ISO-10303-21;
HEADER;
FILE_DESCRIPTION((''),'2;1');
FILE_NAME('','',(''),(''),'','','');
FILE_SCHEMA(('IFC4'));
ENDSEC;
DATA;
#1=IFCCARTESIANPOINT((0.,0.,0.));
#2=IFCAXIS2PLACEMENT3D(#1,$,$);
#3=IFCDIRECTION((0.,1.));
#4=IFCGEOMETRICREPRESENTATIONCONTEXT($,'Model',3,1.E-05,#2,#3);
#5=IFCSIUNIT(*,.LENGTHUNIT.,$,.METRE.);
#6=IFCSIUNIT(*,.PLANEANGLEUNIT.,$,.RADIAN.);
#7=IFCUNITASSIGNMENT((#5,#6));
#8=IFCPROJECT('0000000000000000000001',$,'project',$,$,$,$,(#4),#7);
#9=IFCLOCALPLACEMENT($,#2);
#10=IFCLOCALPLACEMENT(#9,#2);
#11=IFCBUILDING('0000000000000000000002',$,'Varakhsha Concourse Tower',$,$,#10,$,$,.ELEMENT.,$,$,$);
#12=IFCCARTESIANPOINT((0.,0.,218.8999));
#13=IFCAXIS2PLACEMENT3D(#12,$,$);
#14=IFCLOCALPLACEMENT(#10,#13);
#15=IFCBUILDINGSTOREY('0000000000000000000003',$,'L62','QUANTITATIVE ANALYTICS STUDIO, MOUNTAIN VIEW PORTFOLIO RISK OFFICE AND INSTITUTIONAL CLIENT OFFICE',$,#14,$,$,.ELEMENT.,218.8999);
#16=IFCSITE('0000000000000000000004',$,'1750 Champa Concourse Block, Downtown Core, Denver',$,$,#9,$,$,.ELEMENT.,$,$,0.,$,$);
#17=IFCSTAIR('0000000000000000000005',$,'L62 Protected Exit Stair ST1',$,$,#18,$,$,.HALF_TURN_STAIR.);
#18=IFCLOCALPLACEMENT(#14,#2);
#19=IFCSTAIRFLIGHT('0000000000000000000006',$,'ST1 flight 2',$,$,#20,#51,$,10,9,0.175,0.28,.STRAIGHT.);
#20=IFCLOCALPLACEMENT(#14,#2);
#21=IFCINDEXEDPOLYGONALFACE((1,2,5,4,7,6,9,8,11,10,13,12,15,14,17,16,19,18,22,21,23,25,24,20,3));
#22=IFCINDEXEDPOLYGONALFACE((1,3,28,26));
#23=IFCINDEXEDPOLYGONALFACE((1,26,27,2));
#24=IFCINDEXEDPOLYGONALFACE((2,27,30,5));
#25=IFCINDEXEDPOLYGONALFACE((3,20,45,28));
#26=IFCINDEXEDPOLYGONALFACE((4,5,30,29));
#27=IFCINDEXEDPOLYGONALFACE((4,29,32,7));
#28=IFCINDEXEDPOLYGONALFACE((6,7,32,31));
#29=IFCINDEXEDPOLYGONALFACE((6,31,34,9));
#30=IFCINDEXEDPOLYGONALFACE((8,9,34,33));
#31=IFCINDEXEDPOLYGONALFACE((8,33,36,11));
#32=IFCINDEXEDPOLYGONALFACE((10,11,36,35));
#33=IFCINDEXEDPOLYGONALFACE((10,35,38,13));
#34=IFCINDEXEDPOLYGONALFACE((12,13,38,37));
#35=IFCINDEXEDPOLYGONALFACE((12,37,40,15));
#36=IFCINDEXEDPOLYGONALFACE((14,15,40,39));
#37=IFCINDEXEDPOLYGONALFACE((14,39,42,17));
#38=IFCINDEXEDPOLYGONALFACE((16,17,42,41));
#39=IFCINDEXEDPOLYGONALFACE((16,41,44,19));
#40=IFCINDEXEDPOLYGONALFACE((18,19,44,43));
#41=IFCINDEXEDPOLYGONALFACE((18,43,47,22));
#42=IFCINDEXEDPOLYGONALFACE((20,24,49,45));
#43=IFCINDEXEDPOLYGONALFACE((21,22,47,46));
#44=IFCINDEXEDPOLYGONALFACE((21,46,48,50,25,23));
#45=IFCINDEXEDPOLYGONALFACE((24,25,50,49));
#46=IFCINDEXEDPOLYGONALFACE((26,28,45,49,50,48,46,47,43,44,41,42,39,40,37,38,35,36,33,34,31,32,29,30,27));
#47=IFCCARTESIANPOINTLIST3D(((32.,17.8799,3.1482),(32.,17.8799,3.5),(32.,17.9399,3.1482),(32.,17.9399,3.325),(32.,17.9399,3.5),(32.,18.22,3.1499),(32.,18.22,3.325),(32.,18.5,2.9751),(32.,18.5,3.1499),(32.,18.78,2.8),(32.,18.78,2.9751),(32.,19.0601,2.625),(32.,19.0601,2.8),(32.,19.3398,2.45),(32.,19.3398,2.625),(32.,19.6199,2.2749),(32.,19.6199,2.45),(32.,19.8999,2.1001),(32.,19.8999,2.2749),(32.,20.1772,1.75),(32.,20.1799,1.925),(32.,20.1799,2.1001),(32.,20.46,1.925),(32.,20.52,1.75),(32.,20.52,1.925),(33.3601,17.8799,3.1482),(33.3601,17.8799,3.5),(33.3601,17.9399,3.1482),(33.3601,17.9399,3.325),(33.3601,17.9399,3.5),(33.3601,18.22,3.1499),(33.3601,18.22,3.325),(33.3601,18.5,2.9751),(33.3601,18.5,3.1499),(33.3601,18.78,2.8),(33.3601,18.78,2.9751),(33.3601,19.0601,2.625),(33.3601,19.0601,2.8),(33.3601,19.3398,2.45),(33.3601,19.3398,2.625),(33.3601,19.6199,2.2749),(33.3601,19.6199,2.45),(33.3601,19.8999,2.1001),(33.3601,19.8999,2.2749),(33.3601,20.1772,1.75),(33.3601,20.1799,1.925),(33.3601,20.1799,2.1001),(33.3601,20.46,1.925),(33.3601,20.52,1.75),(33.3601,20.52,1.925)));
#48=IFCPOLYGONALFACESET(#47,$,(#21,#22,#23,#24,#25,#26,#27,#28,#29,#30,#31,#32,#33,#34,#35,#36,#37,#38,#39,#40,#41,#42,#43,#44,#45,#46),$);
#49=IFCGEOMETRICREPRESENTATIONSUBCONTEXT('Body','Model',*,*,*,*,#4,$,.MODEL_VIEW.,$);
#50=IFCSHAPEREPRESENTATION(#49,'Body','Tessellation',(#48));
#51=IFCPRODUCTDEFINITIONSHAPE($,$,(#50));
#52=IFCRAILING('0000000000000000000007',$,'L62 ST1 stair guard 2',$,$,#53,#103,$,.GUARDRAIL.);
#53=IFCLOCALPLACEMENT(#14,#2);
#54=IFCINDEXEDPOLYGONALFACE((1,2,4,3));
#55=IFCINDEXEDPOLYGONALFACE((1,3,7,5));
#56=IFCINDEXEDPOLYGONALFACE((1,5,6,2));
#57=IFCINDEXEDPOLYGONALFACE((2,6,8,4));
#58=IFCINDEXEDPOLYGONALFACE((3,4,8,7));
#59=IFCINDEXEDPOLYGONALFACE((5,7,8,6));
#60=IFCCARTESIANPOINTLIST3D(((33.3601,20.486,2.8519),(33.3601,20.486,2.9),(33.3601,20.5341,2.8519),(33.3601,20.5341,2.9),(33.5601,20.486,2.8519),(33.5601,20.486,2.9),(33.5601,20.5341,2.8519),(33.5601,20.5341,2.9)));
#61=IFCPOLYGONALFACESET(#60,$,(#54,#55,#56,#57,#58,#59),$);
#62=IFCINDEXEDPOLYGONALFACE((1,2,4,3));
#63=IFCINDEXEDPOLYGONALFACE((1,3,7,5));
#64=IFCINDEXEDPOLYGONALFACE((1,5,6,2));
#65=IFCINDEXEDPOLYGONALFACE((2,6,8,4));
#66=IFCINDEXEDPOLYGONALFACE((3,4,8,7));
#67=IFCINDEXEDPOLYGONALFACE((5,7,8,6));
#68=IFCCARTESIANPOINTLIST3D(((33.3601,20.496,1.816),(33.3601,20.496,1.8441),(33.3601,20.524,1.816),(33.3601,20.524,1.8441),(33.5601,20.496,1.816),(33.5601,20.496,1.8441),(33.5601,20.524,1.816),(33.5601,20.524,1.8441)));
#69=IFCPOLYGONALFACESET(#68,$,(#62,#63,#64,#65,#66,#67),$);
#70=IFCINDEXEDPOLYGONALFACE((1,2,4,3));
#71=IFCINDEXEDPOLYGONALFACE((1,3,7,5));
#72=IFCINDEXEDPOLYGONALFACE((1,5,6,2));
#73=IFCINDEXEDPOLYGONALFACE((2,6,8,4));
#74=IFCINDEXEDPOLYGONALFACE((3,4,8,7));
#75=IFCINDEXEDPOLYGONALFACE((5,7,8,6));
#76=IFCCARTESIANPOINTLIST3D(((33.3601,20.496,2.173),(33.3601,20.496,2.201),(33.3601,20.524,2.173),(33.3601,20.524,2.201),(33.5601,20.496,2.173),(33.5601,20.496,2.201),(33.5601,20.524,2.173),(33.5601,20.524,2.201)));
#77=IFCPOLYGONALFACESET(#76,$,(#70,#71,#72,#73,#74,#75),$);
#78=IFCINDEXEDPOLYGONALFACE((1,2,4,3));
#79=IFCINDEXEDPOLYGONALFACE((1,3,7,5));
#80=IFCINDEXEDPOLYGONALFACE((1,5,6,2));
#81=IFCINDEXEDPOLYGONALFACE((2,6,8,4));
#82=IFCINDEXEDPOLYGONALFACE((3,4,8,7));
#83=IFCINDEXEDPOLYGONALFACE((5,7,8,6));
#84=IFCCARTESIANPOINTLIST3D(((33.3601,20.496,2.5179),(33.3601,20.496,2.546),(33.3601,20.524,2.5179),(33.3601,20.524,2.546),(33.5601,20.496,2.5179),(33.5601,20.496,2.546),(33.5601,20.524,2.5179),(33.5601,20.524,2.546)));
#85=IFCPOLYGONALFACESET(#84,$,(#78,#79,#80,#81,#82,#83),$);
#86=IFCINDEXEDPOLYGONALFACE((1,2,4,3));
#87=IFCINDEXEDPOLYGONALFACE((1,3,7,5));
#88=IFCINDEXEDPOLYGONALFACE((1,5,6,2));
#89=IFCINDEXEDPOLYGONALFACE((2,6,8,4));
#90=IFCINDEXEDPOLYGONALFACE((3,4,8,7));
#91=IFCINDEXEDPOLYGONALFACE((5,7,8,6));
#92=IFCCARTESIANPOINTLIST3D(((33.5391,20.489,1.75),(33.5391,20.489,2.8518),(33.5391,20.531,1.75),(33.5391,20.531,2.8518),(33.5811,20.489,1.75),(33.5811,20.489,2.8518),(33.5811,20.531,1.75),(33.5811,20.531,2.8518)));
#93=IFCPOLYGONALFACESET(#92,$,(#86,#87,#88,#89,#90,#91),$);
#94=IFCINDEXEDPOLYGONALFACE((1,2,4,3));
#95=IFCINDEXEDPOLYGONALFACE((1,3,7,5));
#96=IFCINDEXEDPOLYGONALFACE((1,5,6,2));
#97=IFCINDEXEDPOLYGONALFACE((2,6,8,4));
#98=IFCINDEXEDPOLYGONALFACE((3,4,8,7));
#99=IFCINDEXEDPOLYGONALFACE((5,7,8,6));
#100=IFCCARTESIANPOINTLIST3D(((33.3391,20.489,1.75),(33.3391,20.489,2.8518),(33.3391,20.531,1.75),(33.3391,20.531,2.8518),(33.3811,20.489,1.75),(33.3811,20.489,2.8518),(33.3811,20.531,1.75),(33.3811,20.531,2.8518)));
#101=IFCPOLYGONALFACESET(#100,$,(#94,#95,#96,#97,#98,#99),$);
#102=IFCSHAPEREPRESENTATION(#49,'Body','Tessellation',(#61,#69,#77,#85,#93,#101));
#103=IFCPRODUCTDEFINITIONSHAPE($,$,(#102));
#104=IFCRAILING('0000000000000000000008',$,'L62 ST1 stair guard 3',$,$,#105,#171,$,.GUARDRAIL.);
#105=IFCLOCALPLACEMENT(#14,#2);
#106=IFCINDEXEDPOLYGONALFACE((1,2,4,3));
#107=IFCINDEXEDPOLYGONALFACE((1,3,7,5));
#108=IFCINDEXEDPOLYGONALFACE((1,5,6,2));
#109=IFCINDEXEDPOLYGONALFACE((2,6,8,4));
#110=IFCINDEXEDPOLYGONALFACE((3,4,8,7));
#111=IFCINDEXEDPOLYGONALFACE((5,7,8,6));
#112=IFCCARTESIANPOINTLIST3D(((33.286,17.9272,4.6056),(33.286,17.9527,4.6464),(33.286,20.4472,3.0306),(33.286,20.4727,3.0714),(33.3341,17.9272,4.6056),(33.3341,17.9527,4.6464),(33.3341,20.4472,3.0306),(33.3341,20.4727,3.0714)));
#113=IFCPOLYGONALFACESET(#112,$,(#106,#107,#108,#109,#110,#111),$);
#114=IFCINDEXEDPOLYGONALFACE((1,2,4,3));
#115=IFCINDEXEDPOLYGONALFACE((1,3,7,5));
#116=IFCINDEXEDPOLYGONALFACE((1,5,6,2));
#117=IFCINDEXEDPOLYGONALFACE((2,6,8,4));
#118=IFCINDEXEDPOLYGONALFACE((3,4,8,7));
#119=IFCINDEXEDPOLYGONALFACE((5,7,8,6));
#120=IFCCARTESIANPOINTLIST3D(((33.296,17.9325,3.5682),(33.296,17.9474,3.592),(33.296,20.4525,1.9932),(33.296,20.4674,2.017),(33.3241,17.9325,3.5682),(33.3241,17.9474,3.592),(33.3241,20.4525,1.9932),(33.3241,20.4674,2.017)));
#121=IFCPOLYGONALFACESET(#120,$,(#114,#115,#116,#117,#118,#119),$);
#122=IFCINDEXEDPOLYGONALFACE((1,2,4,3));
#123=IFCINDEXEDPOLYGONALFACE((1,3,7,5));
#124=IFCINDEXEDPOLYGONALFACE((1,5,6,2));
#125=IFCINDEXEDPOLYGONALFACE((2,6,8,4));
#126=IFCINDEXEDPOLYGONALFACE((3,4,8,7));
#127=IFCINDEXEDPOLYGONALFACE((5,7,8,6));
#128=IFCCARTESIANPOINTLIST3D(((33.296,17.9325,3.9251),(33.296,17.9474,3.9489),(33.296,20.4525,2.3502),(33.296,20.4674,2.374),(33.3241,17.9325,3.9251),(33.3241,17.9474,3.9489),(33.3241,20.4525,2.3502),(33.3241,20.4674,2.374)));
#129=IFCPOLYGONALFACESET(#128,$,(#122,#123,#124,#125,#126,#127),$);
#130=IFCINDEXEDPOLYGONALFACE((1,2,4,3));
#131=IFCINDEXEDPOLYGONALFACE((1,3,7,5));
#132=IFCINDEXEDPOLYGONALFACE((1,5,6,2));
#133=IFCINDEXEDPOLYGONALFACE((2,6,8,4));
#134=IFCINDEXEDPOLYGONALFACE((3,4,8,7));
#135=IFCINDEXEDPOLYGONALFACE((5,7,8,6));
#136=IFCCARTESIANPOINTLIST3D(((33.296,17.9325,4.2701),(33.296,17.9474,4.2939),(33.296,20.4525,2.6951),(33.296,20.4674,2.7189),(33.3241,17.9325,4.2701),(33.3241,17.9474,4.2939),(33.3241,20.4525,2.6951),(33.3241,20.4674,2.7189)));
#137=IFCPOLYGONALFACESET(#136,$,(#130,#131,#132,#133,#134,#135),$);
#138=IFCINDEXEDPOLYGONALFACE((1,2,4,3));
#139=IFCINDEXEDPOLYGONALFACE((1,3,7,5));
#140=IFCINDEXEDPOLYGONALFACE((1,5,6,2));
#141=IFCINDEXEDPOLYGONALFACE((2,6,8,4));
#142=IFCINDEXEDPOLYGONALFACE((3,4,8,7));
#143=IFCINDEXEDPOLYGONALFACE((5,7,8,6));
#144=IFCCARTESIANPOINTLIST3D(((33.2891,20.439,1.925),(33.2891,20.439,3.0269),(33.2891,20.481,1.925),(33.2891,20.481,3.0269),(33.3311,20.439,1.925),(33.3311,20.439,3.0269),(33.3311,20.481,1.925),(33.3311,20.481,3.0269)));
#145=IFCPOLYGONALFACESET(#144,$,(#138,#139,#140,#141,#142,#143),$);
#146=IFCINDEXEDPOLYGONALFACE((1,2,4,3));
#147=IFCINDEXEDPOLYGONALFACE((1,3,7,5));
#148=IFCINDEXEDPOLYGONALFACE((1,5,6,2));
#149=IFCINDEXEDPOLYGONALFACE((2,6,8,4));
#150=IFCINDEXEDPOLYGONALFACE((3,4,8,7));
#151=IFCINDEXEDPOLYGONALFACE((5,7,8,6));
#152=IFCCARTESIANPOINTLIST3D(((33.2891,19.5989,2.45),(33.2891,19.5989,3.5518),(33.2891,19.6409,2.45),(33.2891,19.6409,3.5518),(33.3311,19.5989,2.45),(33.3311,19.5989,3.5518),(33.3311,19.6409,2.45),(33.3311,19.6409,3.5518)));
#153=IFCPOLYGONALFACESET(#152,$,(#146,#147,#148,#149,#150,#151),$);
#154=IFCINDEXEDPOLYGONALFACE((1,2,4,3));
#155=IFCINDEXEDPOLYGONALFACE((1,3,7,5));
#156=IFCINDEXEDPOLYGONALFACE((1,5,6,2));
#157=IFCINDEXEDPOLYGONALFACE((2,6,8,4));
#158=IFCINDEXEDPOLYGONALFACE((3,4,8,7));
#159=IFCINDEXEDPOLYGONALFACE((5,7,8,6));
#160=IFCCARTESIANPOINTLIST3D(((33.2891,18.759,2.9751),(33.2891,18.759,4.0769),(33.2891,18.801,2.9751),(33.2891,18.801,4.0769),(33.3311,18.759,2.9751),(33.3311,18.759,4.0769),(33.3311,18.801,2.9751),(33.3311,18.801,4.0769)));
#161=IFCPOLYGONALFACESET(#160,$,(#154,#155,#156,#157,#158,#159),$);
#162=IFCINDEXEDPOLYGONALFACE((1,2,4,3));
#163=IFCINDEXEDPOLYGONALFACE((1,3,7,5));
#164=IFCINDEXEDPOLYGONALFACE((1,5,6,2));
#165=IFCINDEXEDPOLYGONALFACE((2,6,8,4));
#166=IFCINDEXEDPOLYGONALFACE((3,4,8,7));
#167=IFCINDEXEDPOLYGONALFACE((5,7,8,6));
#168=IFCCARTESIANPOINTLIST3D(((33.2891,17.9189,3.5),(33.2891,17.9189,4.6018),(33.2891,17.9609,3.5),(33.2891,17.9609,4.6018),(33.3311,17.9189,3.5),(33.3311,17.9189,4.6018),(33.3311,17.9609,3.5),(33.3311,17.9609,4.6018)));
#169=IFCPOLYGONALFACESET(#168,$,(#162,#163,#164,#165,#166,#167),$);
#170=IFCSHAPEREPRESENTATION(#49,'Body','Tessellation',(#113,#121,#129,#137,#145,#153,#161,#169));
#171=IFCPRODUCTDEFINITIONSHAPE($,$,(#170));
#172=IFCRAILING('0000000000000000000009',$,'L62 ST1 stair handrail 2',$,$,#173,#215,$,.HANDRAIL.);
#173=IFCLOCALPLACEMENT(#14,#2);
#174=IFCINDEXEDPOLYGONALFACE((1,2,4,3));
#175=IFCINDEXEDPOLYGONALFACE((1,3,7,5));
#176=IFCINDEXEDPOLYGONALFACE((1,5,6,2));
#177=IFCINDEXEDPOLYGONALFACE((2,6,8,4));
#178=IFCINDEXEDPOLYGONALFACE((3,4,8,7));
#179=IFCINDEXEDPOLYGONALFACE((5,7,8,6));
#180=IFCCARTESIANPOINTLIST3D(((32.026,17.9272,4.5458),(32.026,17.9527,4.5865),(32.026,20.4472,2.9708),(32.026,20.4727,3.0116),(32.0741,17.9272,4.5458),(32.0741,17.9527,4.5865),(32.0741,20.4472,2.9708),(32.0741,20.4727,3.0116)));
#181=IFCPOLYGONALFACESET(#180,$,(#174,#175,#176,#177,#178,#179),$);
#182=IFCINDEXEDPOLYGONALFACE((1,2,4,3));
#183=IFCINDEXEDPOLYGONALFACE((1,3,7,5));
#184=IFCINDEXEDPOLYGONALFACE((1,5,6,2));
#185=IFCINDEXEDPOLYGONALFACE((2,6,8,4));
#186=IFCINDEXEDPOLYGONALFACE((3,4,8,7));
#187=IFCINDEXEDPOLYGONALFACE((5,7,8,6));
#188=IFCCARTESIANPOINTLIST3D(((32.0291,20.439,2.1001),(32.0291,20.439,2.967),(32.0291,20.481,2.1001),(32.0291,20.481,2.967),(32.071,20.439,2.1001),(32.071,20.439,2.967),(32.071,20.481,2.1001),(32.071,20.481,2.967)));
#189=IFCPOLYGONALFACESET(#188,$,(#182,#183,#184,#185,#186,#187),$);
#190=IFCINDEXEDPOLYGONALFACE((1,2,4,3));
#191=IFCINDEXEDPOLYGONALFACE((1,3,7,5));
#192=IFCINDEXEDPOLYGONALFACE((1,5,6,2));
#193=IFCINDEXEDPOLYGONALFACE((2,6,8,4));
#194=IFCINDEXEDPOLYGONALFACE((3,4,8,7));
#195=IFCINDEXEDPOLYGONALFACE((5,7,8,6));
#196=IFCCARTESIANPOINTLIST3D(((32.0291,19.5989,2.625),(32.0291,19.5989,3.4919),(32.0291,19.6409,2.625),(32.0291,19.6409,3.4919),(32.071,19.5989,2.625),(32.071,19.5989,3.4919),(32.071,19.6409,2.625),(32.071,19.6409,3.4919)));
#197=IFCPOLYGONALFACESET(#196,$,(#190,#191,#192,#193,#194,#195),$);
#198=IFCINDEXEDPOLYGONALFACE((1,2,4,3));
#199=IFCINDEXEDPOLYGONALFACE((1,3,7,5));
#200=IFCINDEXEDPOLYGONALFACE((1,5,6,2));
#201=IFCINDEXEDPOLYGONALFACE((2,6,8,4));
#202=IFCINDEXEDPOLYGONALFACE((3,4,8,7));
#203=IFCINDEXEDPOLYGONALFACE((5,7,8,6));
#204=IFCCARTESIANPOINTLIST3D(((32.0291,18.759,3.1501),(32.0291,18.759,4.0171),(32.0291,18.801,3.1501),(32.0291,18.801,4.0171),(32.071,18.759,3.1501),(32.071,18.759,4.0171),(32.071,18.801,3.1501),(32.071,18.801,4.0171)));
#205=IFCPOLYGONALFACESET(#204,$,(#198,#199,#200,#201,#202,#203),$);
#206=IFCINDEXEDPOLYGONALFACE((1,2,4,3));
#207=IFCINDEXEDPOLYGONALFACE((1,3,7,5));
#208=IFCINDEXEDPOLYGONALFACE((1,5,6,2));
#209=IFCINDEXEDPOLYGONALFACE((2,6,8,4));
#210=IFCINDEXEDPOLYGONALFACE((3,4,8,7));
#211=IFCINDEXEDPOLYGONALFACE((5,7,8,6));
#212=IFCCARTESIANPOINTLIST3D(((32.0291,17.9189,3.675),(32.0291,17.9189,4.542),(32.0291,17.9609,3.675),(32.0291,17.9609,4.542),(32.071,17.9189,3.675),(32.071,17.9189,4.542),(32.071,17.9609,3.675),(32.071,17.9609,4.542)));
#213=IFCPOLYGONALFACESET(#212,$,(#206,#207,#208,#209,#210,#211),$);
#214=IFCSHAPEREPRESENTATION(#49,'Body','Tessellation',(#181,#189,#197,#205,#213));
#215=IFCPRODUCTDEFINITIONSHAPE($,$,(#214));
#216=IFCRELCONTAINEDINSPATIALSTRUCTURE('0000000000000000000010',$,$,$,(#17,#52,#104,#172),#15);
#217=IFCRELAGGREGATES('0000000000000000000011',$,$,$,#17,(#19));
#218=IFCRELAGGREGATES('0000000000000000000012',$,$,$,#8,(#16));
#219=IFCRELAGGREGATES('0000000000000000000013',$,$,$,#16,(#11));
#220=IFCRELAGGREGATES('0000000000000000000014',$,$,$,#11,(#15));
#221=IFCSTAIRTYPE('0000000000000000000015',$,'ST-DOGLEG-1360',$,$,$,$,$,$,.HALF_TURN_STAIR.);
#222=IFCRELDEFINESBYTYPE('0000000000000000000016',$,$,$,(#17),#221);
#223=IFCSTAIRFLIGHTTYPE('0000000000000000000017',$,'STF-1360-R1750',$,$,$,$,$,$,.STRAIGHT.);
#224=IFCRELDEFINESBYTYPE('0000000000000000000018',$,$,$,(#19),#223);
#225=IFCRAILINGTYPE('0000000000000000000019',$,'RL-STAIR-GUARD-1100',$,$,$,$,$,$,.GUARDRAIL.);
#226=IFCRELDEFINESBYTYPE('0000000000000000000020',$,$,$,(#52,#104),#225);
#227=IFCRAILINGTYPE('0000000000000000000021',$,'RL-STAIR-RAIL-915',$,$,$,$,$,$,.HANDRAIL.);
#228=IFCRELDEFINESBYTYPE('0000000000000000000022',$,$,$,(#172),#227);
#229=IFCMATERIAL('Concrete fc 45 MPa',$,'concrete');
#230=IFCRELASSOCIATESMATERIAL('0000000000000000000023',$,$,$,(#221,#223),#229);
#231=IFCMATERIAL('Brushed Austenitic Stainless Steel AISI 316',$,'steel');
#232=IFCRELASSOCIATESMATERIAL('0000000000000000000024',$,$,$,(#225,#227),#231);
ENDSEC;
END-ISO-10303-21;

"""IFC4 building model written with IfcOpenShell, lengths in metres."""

from ifc_helpers import new_model, si_unit, direction, frame, origin, origin_2d, place, context, subcontext, project, spatial, polyline, rectangle, outline, extrude, material, type_object, element, aggregate, save


model = new_model("IFC4")

# Units and contexts
model_context = context("Model", 3, precision=1e-05, world=origin(), true_north=direction((0.0, 1.0)))
body_context = subcontext(model_context, "Body", "Model", "MODEL_VIEW")
ifc_project = project(units=[si_unit("LENGTHUNIT", "METRE"), si_unit("PLANEANGLEUNIT", "RADIAN")], contexts=[model_context])

# Site, building, storey
site_placement = place(None, origin())
site = spatial("IfcSite", under=ifc_project, at=site_placement, Name="1750 Champa Concourse Block, Downtown Core, Denver", CompositionType="ELEMENT", RefElevation=0.0)
building_placement = place(site_placement, origin())
building = spatial("IfcBuilding", under=site, at=building_placement, Name="Varakhsha Concourse Tower", CompositionType="ELEMENT")
storey_placement = place(building_placement, frame((0.0, 0.0, 218.8999)))
storey = spatial("IfcBuildingStorey", under=building, at=storey_placement, Name="L62", Description="QUANTITATIVE ANALYTICS STUDIO, MOUNTAIN VIEW PORTFOLIO RISK OFFICE AND INSTITUTIONAL CLIENT OFFICE", CompositionType="ELEMENT", Elevation=218.8999)

# Shared definitions
ifc_material_1 = material(Name="Brushed Austenitic Stainless Steel AISI 316", Category="steel")

# Shared definitions
ifc_material_2 = material(Name="Concrete fc 45 MPa", Category="concrete")

# Stair, stair flight
stair_type = type_object("IfcStairType", Name="ST-DOGLEG-1360", PredefinedType="HALF_TURN_STAIR", material=ifc_material_2)
stair_placement = place(storey_placement, origin())
stair = element("IfcStair", 1, at=stair_placement, inside=storey, type_object=stair_type, Name="L62 Protected Exit Stair ST1", PredefinedType="HALF_TURN_STAIR")
stair_flight_type = type_object("IfcStairFlightType", Name="STF-1360-R1750", PredefinedType="STRAIGHT", material=ifc_material_2)
stair_flight_placement = place(storey_placement, frame((32.6799, 20.46, 1.75), z_axis=(0.0, 0.0, 1.0), x_axis=(0.0, -1.0, 0.0)))
stair_flight = element("IfcStairFlight", 2, at=stair_flight_placement, type_object=stair_flight_type, Name="ST1 flight 2", NumberOfRisers=10, NumberOfTreads=9, PredefinedType="STRAIGHT", RiserHeight=0.175, TreadLength=0.28, context=body_context, shape_type="SweptSolid", body=[
    extrude(outline(polyline([(-0.0601, 0.0), (-0.0601, 0.175), (0.0, 0.175), (0.28, 0.175), (0.28, 0.3501), (0.5601, 0.3501), (0.5601, 0.5249), (0.8401, 0.5249), (0.8401, 0.7), (1.1201, 0.7), (1.1201, 0.875), (1.3999, 0.875), (1.3999, 1.05), (1.6799, 1.05), (1.6799, 1.2251), (1.96, 1.2251), (1.96, 1.3999), (2.24, 1.3999), (2.24, 1.575), (2.52, 1.575), (2.52, 1.75), (2.5801, 1.75), (2.5801, 1.3982), (2.52, 1.3982), (0.2827, 0.0), (-0.0601, 0.0)])), frame((0.0, 0.6802, 0.0), z_axis=(0.0, -1.0, 0.0), x_axis=(1.0, 0.0, 0.0)), (0.0, 0.0, 1.0), 1.3601),
])
aggregate(stair, [stair_flight])

# Railings
railing_type_1 = type_object("IfcRailingType", Name="RL-STAIR-GUARD-1100", PredefinedType="GUARDRAIL", material=ifc_material_1)
railing_1_placement = place(storey_placement, frame((33.5601, 20.51, 1.75)))
element("IfcRailing", 3, at=railing_1_placement, inside=storey, type_object=railing_type_1, Name="L62 ST1 stair guard 2", PredefinedType="GUARDRAIL", context=body_context, shape_type="SweptSolid", body=[
    extrude(rectangle(XDim=0.0481, YDim=0.0481, at=origin_2d()), frame((0.0, 0.0, 1.126), z_axis=(-1.0, 0.0, 0.0), x_axis=(0.0, -1.0, 0.0)), (0.0, 0.0, 1.0), 0.2),
    extrude(rectangle(XDim=0.0281, YDim=0.0281, at=origin_2d()), frame((0.0, 0.0, 0.0801), z_axis=(-1.0, 0.0, 0.0), x_axis=(0.0, -1.0, 0.0)), (0.0, 0.0, 1.0), 0.2),
    extrude(rectangle(XDim=0.0281, YDim=0.0281, at=origin_2d()), frame((0.0, 0.0, 0.437), z_axis=(-1.0, 0.0, 0.0), x_axis=(0.0, -1.0, 0.0)), (0.0, 0.0, 1.0), 0.2),
    extrude(rectangle(XDim=0.0281, YDim=0.0281, at=origin_2d()), frame((0.0, 0.0, 0.782), z_axis=(-1.0, 0.0, 0.0), x_axis=(0.0, -1.0, 0.0)), (0.0, 0.0, 1.0), 0.2),
    extrude(rectangle(XDim=0.042, YDim=0.042, at=origin_2d()), origin(), (0.0, 0.0, 1.0), 1.1018),
    extrude(rectangle(XDim=0.042, YDim=0.042, at=origin_2d()), frame((-0.2, 0.0, 0.0)), (0.0, 0.0, 1.0), 1.1018),
])
railing_2_placement = place(storey_placement, frame((33.3101, 20.46, 1.925)))
element("IfcRailing", 4, at=railing_2_placement, inside=storey, type_object=railing_type_1, Name="L62 ST1 stair guard 3", PredefinedType="GUARDRAIL", context=body_context, shape_type="SweptSolid", body=[
    extrude(rectangle(XDim=0.0481, YDim=0.0481, at=origin_2d()), frame((0.0, 0.0, 1.126), z_axis=(0.0, -0.848008, 0.529984), x_axis=(1.0, 0.0, 0.0)), (0.0, 0.0, 1.0), 2.9717),
    extrude(rectangle(XDim=0.0281, YDim=0.0281, at=origin_2d()), frame((0.0, 0.0, 0.0801), z_axis=(0.0, -0.848008, 0.529984), x_axis=(1.0, 0.0, 0.0)), (0.0, 0.0, 1.0), 2.9717),
    extrude(rectangle(XDim=0.0281, YDim=0.0281, at=origin_2d()), frame((0.0, 0.0, 0.437), z_axis=(0.0, -0.848008, 0.529984), x_axis=(1.0, 0.0, 0.0)), (0.0, 0.0, 1.0), 2.9717),
    extrude(rectangle(XDim=0.0281, YDim=0.0281, at=origin_2d()), frame((0.0, 0.0, 0.782), z_axis=(0.0, -0.848008, 0.529984), x_axis=(1.0, 0.0, 0.0)), (0.0, 0.0, 1.0), 2.9717),
    extrude(rectangle(XDim=0.042, YDim=0.042, at=origin_2d()), origin(), (0.0, 0.0, 1.0), 1.1018),
    extrude(rectangle(XDim=0.042, YDim=0.042, at=origin_2d()), frame((0.0, -0.8401, 0.5249)), (0.0, 0.0, 1.0), 1.1018),
    extrude(rectangle(XDim=0.042, YDim=0.042, at=origin_2d()), frame((0.0, -1.6799, 1.05)), (0.0, 0.0, 1.0), 1.1018),
    extrude(rectangle(XDim=0.042, YDim=0.042, at=origin_2d()), frame((0.0, -2.52, 1.575)), (0.0, 0.0, 1.0), 1.1018),
])
railing_type_2 = type_object("IfcRailingType", Name="RL-STAIR-RAIL-915", PredefinedType="HANDRAIL", material=ifc_material_1)
railing_3_placement = place(storey_placement, frame((32.05, 20.46, 2.1001)))
element("IfcRailing", 5, at=railing_3_placement, inside=storey, type_object=railing_type_2, Name="L62 ST1 stair handrail 2", PredefinedType="HANDRAIL", context=body_context, shape_type="SweptSolid", body=[
    extrude(rectangle(XDim=0.0481, YDim=0.0481, at=origin_2d()), frame((0.0, 0.0, 0.8911), z_axis=(0.0, -0.848008, 0.529984), x_axis=(1.0, 0.0, 0.0)), (0.0, 0.0, 1.0), 2.9717),
    extrude(rectangle(XDim=0.042, YDim=0.042, at=origin_2d()), origin(), (0.0, 0.0, 1.0), 0.8669),
    extrude(rectangle(XDim=0.042, YDim=0.042, at=origin_2d()), frame((0.0, -0.8401, 0.5249)), (0.0, 0.0, 1.0), 0.8669),
    extrude(rectangle(XDim=0.042, YDim=0.042, at=origin_2d()), frame((0.0, -1.6799, 1.05)), (0.0, 0.0, 1.0), 0.8669),
    extrude(rectangle(XDim=0.042, YDim=0.042, at=origin_2d()), frame((0.0, -2.52, 1.575)), (0.0, 0.0, 1.0), 0.8669),
])

save(model, "model.ifc")
